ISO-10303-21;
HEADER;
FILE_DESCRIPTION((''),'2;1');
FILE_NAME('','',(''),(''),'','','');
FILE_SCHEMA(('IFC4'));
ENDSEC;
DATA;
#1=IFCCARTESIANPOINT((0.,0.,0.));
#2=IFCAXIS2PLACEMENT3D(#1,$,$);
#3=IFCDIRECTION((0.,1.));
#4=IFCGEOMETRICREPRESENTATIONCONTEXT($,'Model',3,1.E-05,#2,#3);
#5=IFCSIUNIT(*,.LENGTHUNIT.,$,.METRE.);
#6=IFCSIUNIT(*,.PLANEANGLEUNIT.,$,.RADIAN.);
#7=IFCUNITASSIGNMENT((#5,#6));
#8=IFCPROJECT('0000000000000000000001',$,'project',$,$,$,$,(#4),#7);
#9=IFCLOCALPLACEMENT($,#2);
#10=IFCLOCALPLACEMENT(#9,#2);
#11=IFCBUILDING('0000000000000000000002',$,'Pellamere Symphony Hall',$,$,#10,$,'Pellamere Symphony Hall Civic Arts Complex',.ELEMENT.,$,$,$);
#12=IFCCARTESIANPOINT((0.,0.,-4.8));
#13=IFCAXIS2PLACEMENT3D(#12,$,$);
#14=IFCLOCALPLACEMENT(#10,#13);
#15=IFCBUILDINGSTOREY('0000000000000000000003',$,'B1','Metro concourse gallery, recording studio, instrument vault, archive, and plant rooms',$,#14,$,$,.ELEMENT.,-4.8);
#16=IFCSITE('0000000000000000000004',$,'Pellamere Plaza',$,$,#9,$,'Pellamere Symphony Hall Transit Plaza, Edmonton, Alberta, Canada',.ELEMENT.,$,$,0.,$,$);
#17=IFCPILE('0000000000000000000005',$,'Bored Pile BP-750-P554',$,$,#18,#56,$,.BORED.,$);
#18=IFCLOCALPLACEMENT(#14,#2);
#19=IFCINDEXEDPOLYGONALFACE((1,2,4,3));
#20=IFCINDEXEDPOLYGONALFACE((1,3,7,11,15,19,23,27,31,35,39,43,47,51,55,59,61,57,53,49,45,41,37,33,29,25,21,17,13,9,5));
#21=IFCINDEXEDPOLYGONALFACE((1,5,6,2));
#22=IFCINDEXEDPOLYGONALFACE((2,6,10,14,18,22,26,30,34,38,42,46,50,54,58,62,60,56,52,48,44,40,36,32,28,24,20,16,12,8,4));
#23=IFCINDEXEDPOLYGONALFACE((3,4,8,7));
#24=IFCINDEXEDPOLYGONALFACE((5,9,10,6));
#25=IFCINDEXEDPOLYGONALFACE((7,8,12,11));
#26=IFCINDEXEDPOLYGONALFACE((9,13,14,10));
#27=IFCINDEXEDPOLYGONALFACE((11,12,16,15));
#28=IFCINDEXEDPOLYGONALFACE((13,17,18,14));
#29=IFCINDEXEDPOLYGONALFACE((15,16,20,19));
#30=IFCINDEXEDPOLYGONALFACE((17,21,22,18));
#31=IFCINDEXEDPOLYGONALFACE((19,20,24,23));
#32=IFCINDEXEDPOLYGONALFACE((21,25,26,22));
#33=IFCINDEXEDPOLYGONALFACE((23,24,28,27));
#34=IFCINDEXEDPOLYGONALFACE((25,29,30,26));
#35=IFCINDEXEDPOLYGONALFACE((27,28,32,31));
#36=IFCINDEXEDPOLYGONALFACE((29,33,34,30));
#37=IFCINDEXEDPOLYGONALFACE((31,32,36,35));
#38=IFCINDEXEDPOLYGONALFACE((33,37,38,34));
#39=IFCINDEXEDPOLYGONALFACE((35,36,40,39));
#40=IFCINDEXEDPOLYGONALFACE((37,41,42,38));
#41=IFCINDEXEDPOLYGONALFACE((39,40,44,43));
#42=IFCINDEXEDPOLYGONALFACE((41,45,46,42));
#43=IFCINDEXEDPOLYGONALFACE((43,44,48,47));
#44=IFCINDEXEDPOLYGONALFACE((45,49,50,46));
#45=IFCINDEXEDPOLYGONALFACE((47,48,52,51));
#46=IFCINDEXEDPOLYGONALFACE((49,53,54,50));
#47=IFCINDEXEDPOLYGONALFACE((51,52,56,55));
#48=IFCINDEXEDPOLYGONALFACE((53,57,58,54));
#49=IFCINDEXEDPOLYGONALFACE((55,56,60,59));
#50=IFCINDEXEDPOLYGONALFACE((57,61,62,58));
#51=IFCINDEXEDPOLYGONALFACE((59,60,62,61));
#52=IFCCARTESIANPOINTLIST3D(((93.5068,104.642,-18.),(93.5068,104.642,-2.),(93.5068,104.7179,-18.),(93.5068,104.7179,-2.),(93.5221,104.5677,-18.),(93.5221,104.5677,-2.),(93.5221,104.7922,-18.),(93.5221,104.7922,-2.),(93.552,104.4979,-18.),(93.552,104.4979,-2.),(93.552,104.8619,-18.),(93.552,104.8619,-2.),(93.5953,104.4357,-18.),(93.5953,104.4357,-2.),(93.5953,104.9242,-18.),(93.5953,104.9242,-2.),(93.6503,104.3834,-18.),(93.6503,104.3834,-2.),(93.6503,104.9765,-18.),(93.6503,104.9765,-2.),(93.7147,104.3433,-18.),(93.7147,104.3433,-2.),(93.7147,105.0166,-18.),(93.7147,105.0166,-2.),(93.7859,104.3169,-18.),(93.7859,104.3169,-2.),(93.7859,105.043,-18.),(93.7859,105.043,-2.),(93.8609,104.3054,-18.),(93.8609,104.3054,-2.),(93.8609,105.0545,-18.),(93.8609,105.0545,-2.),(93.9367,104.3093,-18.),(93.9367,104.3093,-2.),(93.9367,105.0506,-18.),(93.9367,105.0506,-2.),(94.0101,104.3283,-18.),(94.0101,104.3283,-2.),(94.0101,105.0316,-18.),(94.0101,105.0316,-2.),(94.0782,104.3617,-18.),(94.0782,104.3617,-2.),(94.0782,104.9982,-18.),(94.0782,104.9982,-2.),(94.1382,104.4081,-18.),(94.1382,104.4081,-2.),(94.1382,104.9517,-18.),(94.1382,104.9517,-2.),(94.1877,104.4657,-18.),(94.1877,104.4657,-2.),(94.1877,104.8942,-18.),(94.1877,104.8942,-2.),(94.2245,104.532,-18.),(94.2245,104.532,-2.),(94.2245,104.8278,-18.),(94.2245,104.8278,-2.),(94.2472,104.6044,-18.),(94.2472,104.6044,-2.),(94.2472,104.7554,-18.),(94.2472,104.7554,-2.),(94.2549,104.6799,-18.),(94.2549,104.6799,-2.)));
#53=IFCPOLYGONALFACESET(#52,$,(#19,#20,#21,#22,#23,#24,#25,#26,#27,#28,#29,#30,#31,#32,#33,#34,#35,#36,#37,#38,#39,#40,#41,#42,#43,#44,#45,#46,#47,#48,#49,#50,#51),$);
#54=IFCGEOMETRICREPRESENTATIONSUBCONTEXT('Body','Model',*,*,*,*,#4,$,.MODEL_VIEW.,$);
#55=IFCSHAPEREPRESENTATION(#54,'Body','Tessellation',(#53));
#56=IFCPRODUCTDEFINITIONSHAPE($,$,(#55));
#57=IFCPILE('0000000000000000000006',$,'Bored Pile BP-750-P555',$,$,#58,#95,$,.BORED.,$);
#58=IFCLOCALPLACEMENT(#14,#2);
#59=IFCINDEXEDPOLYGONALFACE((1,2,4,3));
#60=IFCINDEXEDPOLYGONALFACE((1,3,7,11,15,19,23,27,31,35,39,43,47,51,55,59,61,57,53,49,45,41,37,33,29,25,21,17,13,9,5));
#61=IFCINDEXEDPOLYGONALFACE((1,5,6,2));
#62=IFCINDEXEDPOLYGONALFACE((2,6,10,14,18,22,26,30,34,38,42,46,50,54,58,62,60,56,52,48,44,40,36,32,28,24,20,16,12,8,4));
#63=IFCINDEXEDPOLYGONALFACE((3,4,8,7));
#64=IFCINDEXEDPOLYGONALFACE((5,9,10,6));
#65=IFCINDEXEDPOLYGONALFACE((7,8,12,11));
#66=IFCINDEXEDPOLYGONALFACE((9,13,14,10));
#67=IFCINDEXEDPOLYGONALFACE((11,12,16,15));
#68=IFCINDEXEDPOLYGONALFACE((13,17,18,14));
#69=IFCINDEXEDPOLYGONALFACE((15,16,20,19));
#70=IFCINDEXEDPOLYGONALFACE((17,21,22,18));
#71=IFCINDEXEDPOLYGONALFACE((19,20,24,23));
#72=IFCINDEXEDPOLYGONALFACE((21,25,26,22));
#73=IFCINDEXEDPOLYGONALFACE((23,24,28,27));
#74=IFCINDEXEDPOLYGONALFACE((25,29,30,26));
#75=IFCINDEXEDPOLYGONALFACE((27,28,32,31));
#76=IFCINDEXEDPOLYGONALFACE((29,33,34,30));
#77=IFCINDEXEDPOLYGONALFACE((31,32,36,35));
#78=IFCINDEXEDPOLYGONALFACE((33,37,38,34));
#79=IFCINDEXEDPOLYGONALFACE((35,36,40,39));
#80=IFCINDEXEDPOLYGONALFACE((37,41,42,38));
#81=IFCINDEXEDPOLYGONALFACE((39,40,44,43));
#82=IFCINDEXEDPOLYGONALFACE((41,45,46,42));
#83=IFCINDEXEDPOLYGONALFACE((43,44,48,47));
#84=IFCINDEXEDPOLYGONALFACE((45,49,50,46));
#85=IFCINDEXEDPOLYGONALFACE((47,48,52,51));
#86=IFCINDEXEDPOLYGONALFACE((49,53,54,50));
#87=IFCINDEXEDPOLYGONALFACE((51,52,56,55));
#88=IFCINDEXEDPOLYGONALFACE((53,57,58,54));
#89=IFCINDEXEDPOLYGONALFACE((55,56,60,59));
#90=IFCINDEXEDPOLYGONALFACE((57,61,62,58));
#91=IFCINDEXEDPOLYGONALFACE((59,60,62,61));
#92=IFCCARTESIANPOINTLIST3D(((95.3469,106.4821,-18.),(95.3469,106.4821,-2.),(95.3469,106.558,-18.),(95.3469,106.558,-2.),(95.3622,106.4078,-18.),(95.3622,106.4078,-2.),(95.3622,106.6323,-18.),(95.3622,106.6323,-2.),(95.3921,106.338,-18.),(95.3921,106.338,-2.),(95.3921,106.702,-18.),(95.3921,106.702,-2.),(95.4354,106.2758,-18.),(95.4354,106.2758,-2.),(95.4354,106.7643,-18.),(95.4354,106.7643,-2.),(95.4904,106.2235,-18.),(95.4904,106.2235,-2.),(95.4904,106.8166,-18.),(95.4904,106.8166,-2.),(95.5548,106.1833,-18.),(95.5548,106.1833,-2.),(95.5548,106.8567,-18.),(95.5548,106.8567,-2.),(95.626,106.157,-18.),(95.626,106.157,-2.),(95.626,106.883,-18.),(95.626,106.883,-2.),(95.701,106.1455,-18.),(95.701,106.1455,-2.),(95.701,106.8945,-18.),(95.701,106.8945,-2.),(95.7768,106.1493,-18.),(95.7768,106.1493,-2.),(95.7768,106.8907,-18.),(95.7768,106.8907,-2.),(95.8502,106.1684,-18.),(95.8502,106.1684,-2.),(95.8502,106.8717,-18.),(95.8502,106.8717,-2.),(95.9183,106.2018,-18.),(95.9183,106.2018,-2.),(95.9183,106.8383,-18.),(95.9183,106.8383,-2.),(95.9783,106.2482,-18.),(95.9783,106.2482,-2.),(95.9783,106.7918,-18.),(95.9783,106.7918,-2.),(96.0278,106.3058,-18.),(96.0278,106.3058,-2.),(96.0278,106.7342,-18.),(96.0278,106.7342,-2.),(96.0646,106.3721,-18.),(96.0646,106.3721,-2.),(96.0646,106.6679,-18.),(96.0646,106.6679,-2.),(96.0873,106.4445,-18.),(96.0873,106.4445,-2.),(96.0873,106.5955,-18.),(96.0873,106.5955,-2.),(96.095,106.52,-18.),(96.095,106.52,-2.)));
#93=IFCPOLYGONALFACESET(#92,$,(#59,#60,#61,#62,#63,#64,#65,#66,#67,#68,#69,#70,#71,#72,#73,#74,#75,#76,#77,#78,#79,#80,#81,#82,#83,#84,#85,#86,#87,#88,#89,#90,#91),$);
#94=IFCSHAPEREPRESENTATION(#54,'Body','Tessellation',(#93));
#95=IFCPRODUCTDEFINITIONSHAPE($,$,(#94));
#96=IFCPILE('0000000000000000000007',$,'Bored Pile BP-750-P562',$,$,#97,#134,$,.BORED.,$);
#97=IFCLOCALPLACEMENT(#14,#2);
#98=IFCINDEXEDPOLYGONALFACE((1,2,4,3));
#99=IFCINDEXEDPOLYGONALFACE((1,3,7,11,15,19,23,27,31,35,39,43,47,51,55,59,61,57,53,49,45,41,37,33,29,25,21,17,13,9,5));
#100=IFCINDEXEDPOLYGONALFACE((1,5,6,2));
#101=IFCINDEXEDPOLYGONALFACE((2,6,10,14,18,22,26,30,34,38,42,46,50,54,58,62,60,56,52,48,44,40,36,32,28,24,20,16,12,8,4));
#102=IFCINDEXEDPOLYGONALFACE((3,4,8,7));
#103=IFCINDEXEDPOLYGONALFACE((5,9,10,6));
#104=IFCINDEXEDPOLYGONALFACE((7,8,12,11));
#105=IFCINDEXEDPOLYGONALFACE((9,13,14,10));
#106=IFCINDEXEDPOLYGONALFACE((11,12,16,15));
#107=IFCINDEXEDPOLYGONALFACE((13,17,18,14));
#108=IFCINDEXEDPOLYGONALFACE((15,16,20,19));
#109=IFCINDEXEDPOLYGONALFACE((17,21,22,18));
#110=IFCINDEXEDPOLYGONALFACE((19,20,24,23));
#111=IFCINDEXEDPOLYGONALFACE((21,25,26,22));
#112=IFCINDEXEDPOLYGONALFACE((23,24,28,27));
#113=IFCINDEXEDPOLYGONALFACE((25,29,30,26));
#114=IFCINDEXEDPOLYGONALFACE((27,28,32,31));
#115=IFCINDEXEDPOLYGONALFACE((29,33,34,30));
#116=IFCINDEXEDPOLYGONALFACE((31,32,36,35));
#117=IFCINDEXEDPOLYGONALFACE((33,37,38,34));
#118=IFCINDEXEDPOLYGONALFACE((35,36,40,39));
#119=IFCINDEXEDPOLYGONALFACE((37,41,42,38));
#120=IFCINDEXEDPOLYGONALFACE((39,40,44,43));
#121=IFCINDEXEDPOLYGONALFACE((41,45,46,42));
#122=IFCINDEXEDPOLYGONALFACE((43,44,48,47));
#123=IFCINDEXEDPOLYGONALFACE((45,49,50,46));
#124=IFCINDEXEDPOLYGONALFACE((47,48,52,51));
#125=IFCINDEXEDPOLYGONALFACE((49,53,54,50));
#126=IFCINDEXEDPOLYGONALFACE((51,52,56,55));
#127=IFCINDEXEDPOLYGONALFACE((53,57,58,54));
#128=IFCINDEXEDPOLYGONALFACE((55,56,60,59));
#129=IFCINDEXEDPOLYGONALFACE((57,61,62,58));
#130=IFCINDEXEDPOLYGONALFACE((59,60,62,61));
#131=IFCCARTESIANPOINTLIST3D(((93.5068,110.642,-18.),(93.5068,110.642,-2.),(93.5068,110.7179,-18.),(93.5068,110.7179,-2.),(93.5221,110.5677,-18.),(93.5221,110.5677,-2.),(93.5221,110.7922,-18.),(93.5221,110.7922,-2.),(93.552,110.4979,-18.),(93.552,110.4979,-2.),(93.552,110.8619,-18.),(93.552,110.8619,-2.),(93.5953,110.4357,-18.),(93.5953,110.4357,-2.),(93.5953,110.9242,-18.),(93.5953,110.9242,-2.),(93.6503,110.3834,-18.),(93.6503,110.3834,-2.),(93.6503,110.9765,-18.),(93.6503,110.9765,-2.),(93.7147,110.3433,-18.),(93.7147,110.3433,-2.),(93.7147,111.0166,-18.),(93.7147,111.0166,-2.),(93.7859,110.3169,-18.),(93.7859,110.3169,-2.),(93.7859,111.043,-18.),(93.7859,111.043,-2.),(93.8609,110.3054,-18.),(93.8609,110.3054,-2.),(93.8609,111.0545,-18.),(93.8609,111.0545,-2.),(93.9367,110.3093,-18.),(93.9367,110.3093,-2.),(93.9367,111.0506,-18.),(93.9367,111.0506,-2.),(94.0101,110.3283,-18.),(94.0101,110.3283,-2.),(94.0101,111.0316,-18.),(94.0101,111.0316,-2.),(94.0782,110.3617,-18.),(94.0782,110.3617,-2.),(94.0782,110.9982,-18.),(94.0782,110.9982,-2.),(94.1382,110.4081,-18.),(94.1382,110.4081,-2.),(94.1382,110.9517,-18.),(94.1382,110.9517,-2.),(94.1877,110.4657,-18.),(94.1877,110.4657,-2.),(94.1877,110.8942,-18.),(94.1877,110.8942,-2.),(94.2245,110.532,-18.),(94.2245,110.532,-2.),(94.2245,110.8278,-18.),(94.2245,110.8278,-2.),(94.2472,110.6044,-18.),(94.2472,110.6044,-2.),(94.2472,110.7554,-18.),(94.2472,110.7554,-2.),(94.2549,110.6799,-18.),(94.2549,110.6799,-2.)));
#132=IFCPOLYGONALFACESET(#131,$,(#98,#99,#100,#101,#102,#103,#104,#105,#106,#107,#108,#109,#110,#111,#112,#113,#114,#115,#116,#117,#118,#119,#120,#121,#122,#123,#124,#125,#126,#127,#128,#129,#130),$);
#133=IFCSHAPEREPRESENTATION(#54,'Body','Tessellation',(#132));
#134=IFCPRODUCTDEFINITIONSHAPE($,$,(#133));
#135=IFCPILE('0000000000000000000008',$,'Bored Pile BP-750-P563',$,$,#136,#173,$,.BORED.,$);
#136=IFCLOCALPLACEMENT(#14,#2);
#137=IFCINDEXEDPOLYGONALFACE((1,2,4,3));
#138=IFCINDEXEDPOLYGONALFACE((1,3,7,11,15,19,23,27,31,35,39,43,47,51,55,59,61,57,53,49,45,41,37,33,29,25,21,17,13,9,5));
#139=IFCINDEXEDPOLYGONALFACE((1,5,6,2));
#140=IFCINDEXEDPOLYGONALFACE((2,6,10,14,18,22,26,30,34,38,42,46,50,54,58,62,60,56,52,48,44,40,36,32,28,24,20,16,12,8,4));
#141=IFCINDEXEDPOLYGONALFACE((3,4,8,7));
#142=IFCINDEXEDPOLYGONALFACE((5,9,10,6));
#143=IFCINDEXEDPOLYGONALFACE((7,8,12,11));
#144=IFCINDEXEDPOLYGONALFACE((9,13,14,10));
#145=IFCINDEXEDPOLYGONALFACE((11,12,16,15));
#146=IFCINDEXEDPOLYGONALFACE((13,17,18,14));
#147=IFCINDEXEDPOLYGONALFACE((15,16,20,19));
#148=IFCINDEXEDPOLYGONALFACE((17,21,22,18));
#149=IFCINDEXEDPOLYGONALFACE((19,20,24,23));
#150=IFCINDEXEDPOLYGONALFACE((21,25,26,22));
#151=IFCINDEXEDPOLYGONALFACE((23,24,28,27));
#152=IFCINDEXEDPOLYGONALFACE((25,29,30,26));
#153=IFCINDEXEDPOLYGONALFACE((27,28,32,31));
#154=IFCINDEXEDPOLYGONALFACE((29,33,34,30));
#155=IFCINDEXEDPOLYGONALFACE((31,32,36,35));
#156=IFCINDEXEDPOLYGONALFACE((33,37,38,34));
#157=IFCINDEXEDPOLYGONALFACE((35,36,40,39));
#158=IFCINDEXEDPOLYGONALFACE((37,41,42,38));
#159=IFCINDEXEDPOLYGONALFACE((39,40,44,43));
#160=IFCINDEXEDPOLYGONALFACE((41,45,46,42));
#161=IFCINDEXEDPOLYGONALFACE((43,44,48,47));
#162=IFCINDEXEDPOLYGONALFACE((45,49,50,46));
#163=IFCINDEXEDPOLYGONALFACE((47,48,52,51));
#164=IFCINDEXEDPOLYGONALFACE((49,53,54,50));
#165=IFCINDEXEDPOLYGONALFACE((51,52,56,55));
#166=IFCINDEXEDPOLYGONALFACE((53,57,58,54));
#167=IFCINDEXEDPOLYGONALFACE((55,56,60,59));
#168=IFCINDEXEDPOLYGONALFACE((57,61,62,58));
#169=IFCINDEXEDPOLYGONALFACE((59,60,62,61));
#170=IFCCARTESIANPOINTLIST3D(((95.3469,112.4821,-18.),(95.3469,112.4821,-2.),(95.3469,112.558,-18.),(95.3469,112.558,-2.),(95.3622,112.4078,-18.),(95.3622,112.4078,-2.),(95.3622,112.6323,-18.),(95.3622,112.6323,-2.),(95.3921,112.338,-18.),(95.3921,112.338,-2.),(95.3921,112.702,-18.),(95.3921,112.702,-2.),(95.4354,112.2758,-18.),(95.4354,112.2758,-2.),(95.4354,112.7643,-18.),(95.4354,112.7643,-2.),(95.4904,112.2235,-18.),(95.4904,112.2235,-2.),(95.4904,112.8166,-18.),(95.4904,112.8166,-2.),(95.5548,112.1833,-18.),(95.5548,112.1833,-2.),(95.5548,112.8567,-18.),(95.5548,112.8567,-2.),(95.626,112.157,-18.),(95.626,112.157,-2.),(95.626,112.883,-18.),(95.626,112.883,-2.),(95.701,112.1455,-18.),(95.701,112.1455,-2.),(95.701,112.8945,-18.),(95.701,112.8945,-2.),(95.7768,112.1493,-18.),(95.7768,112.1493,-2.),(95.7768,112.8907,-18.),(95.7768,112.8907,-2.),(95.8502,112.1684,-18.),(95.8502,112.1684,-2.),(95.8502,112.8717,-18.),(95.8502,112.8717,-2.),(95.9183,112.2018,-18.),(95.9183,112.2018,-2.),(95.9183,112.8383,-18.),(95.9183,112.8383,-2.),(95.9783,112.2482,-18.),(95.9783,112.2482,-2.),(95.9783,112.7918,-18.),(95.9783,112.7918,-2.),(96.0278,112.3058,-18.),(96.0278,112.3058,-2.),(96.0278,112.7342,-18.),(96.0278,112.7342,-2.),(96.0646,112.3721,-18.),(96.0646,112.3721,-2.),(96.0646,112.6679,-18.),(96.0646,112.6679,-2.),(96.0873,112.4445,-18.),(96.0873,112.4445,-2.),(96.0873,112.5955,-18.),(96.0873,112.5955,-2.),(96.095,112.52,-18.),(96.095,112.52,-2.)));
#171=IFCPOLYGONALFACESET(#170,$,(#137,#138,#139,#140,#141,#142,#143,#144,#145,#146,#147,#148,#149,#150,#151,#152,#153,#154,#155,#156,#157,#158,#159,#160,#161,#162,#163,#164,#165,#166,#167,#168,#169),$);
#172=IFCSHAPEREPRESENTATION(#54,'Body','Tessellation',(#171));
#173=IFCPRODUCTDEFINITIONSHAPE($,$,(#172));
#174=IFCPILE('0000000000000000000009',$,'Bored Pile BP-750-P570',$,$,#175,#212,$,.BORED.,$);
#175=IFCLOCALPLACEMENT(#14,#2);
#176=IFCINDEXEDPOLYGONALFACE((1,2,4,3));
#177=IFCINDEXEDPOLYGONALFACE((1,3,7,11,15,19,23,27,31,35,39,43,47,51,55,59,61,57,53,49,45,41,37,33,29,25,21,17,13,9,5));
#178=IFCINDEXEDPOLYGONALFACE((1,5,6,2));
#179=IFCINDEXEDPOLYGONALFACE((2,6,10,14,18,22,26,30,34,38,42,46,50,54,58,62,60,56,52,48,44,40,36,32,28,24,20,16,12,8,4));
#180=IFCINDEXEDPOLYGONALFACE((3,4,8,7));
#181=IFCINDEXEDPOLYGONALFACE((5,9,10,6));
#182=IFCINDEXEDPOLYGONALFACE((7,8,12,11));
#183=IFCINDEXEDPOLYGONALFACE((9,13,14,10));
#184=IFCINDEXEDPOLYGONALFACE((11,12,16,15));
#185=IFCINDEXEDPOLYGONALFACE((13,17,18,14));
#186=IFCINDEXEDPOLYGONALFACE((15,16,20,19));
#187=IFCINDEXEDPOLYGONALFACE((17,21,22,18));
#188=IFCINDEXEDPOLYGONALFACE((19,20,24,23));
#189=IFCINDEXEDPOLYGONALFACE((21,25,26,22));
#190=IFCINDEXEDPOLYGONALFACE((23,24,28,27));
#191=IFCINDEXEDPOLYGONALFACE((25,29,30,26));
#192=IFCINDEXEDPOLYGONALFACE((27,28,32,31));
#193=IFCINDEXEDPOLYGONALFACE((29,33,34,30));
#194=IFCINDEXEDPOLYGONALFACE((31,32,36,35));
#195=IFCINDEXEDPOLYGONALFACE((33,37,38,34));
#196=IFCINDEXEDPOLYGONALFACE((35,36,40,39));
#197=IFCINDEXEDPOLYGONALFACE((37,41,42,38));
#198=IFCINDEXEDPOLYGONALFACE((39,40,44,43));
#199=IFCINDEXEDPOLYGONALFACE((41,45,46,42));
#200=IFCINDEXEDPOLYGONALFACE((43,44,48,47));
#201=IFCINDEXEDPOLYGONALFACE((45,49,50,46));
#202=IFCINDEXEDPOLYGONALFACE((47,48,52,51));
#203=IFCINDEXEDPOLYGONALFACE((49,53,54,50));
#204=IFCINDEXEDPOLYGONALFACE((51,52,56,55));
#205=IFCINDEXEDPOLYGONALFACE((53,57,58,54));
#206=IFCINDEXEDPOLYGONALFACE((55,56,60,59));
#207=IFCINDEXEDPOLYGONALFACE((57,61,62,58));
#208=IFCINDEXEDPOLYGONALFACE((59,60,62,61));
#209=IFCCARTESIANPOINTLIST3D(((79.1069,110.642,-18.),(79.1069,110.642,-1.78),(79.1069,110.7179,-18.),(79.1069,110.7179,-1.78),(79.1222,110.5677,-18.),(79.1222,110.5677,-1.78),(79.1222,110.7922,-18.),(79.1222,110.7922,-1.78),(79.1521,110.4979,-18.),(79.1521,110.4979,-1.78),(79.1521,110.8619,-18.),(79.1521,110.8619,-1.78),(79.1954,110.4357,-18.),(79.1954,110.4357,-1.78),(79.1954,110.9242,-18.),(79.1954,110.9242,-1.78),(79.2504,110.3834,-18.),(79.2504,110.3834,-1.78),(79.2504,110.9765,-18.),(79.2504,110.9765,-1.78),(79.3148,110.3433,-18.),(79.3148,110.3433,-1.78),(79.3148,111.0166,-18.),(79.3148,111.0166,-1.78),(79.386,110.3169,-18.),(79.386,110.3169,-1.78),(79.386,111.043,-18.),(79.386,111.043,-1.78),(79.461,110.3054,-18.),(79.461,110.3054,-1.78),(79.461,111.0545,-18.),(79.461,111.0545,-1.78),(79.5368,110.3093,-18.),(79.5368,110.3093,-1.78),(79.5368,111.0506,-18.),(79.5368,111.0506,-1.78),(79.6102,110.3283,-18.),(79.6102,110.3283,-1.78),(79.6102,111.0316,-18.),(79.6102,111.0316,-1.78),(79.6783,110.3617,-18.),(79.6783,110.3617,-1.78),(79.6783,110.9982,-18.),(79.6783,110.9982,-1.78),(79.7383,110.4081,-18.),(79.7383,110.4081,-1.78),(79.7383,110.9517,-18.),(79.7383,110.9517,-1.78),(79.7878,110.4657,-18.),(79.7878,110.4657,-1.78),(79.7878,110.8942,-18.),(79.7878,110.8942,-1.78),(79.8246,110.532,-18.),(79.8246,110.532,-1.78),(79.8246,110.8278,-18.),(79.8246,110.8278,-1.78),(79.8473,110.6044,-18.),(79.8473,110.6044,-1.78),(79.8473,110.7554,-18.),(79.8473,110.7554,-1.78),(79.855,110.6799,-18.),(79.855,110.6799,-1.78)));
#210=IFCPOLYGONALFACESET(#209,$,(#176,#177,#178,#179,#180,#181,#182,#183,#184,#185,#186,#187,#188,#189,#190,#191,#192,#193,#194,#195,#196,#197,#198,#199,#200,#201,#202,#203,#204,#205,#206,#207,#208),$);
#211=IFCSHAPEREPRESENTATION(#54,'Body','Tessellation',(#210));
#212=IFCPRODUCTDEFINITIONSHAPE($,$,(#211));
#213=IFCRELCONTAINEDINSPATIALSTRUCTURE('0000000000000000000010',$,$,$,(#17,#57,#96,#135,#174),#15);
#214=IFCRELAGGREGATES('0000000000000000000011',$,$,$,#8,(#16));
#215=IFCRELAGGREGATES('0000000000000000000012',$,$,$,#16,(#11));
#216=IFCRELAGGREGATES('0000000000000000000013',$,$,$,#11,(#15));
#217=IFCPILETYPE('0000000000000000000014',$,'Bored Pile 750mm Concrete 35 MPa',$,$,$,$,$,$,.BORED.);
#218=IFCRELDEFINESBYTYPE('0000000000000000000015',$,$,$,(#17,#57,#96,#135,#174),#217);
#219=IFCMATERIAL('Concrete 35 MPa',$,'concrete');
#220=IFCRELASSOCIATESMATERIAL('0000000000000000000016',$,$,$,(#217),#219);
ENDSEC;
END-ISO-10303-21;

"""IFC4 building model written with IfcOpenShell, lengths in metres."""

from ifc_helpers import new_model, si_unit, direction, frame, origin, origin_2d, place, context, subcontext, project, spatial, circle, extrude, material, material_profile, profile_set, type_object, element, save


model = new_model("IFC4")

# Units and contexts
model_context = context("Model", 3, precision=1e-05, world=origin(), true_north=direction((0.0, 1.0)))
body_context = subcontext(model_context, "Body", "Model", "MODEL_VIEW")
ifc_project = project(units=[si_unit("LENGTHUNIT", "METRE"), si_unit("PLANEANGLEUNIT", "RADIAN")], contexts=[model_context])

# Site, building, storey
site_placement = place(None, origin())
site = spatial("IfcSite", under=ifc_project, at=site_placement, Name="Pellamere Plaza", LongName="Pellamere Symphony Hall Transit Plaza, Edmonton, Alberta, Canada", CompositionType="ELEMENT", RefElevation=0.0)
building_placement = place(site_placement, origin())
building = spatial("IfcBuilding", under=site, at=building_placement, Name="Pellamere Symphony Hall", LongName="Pellamere Symphony Hall Civic Arts Complex", CompositionType="ELEMENT")
storey_placement = place(building_placement, frame((0.0, 0.0, -4.8)))
storey = spatial("IfcBuildingStorey", under=building, at=storey_placement, Name="B1", Description="Metro concourse gallery, recording studio, instrument vault, archive, and plant rooms", CompositionType="ELEMENT", Elevation=-4.8)

# Piles
ifc_material_1 = material(Name="Concrete 35 MPa", Category="concrete")
ifc_material_profile_1 = material_profile(ifc_material_1, circle(Radius=0.375, at=origin_2d()), Name="PILE D750")
ifc_profile_set_1 = profile_set([ifc_material_profile_1], Name="Concrete 35 MPa")
pile_type = type_object("IfcPileType", Name="Bored Pile 750mm Concrete 35 MPa", PredefinedType="BORED", material=ifc_profile_set_1)
for number, where, z_axis, x_axis, name in (
    (1, (93.8799, 104.6799, -2.0), (0.0, 0.0, -1.0), (1.0, 0.0, 0.0), "Bored Pile BP-750-P554"),
    (2, (95.72, 106.52, -2.0), (0.0, 0.0, -1.0), (1.0, 0.0, 0.0), "Bored Pile BP-750-P555"),
    (3, (93.8799, 110.6799, -2.0), (0.0, 0.0, -1.0), (1.0, 0.0, 0.0), "Bored Pile BP-750-P562"),
    (4, (95.72, 112.52, -2.0), (0.0, 0.0, -1.0), (1.0, 0.0, 0.0), "Bored Pile BP-750-P563"),
):
    element("IfcPile", number, at=place(storey_placement, frame(where, z_axis=z_axis, x_axis=x_axis)), inside=storey, type_object=pile_type, Name=name, PredefinedType="BORED", context=body_context, shape_type="SweptSolid", body=[
        extrude(circle(Radius=0.375, at=origin_2d()), origin(), (0.0, 0.0, 1.0), 16.0),
    ])
for number, where, z_axis, x_axis, name in (
    (5, (79.48, 110.6799, -1.78), (0.0, 0.0, -1.0), (1.0, 0.0, 0.0), "Bored Pile BP-750-P570"),
):
    element("IfcPile", number, at=place(storey_placement, frame(where, z_axis=z_axis, x_axis=x_axis)), inside=storey, type_object=pile_type, Name=name, PredefinedType="BORED", context=body_context, shape_type="SweptSolid", body=[
        extrude(circle(Radius=0.375, at=origin_2d()), origin(), (0.0, 0.0, 1.0), 16.22),
    ])

save(model, "model.ifc")
